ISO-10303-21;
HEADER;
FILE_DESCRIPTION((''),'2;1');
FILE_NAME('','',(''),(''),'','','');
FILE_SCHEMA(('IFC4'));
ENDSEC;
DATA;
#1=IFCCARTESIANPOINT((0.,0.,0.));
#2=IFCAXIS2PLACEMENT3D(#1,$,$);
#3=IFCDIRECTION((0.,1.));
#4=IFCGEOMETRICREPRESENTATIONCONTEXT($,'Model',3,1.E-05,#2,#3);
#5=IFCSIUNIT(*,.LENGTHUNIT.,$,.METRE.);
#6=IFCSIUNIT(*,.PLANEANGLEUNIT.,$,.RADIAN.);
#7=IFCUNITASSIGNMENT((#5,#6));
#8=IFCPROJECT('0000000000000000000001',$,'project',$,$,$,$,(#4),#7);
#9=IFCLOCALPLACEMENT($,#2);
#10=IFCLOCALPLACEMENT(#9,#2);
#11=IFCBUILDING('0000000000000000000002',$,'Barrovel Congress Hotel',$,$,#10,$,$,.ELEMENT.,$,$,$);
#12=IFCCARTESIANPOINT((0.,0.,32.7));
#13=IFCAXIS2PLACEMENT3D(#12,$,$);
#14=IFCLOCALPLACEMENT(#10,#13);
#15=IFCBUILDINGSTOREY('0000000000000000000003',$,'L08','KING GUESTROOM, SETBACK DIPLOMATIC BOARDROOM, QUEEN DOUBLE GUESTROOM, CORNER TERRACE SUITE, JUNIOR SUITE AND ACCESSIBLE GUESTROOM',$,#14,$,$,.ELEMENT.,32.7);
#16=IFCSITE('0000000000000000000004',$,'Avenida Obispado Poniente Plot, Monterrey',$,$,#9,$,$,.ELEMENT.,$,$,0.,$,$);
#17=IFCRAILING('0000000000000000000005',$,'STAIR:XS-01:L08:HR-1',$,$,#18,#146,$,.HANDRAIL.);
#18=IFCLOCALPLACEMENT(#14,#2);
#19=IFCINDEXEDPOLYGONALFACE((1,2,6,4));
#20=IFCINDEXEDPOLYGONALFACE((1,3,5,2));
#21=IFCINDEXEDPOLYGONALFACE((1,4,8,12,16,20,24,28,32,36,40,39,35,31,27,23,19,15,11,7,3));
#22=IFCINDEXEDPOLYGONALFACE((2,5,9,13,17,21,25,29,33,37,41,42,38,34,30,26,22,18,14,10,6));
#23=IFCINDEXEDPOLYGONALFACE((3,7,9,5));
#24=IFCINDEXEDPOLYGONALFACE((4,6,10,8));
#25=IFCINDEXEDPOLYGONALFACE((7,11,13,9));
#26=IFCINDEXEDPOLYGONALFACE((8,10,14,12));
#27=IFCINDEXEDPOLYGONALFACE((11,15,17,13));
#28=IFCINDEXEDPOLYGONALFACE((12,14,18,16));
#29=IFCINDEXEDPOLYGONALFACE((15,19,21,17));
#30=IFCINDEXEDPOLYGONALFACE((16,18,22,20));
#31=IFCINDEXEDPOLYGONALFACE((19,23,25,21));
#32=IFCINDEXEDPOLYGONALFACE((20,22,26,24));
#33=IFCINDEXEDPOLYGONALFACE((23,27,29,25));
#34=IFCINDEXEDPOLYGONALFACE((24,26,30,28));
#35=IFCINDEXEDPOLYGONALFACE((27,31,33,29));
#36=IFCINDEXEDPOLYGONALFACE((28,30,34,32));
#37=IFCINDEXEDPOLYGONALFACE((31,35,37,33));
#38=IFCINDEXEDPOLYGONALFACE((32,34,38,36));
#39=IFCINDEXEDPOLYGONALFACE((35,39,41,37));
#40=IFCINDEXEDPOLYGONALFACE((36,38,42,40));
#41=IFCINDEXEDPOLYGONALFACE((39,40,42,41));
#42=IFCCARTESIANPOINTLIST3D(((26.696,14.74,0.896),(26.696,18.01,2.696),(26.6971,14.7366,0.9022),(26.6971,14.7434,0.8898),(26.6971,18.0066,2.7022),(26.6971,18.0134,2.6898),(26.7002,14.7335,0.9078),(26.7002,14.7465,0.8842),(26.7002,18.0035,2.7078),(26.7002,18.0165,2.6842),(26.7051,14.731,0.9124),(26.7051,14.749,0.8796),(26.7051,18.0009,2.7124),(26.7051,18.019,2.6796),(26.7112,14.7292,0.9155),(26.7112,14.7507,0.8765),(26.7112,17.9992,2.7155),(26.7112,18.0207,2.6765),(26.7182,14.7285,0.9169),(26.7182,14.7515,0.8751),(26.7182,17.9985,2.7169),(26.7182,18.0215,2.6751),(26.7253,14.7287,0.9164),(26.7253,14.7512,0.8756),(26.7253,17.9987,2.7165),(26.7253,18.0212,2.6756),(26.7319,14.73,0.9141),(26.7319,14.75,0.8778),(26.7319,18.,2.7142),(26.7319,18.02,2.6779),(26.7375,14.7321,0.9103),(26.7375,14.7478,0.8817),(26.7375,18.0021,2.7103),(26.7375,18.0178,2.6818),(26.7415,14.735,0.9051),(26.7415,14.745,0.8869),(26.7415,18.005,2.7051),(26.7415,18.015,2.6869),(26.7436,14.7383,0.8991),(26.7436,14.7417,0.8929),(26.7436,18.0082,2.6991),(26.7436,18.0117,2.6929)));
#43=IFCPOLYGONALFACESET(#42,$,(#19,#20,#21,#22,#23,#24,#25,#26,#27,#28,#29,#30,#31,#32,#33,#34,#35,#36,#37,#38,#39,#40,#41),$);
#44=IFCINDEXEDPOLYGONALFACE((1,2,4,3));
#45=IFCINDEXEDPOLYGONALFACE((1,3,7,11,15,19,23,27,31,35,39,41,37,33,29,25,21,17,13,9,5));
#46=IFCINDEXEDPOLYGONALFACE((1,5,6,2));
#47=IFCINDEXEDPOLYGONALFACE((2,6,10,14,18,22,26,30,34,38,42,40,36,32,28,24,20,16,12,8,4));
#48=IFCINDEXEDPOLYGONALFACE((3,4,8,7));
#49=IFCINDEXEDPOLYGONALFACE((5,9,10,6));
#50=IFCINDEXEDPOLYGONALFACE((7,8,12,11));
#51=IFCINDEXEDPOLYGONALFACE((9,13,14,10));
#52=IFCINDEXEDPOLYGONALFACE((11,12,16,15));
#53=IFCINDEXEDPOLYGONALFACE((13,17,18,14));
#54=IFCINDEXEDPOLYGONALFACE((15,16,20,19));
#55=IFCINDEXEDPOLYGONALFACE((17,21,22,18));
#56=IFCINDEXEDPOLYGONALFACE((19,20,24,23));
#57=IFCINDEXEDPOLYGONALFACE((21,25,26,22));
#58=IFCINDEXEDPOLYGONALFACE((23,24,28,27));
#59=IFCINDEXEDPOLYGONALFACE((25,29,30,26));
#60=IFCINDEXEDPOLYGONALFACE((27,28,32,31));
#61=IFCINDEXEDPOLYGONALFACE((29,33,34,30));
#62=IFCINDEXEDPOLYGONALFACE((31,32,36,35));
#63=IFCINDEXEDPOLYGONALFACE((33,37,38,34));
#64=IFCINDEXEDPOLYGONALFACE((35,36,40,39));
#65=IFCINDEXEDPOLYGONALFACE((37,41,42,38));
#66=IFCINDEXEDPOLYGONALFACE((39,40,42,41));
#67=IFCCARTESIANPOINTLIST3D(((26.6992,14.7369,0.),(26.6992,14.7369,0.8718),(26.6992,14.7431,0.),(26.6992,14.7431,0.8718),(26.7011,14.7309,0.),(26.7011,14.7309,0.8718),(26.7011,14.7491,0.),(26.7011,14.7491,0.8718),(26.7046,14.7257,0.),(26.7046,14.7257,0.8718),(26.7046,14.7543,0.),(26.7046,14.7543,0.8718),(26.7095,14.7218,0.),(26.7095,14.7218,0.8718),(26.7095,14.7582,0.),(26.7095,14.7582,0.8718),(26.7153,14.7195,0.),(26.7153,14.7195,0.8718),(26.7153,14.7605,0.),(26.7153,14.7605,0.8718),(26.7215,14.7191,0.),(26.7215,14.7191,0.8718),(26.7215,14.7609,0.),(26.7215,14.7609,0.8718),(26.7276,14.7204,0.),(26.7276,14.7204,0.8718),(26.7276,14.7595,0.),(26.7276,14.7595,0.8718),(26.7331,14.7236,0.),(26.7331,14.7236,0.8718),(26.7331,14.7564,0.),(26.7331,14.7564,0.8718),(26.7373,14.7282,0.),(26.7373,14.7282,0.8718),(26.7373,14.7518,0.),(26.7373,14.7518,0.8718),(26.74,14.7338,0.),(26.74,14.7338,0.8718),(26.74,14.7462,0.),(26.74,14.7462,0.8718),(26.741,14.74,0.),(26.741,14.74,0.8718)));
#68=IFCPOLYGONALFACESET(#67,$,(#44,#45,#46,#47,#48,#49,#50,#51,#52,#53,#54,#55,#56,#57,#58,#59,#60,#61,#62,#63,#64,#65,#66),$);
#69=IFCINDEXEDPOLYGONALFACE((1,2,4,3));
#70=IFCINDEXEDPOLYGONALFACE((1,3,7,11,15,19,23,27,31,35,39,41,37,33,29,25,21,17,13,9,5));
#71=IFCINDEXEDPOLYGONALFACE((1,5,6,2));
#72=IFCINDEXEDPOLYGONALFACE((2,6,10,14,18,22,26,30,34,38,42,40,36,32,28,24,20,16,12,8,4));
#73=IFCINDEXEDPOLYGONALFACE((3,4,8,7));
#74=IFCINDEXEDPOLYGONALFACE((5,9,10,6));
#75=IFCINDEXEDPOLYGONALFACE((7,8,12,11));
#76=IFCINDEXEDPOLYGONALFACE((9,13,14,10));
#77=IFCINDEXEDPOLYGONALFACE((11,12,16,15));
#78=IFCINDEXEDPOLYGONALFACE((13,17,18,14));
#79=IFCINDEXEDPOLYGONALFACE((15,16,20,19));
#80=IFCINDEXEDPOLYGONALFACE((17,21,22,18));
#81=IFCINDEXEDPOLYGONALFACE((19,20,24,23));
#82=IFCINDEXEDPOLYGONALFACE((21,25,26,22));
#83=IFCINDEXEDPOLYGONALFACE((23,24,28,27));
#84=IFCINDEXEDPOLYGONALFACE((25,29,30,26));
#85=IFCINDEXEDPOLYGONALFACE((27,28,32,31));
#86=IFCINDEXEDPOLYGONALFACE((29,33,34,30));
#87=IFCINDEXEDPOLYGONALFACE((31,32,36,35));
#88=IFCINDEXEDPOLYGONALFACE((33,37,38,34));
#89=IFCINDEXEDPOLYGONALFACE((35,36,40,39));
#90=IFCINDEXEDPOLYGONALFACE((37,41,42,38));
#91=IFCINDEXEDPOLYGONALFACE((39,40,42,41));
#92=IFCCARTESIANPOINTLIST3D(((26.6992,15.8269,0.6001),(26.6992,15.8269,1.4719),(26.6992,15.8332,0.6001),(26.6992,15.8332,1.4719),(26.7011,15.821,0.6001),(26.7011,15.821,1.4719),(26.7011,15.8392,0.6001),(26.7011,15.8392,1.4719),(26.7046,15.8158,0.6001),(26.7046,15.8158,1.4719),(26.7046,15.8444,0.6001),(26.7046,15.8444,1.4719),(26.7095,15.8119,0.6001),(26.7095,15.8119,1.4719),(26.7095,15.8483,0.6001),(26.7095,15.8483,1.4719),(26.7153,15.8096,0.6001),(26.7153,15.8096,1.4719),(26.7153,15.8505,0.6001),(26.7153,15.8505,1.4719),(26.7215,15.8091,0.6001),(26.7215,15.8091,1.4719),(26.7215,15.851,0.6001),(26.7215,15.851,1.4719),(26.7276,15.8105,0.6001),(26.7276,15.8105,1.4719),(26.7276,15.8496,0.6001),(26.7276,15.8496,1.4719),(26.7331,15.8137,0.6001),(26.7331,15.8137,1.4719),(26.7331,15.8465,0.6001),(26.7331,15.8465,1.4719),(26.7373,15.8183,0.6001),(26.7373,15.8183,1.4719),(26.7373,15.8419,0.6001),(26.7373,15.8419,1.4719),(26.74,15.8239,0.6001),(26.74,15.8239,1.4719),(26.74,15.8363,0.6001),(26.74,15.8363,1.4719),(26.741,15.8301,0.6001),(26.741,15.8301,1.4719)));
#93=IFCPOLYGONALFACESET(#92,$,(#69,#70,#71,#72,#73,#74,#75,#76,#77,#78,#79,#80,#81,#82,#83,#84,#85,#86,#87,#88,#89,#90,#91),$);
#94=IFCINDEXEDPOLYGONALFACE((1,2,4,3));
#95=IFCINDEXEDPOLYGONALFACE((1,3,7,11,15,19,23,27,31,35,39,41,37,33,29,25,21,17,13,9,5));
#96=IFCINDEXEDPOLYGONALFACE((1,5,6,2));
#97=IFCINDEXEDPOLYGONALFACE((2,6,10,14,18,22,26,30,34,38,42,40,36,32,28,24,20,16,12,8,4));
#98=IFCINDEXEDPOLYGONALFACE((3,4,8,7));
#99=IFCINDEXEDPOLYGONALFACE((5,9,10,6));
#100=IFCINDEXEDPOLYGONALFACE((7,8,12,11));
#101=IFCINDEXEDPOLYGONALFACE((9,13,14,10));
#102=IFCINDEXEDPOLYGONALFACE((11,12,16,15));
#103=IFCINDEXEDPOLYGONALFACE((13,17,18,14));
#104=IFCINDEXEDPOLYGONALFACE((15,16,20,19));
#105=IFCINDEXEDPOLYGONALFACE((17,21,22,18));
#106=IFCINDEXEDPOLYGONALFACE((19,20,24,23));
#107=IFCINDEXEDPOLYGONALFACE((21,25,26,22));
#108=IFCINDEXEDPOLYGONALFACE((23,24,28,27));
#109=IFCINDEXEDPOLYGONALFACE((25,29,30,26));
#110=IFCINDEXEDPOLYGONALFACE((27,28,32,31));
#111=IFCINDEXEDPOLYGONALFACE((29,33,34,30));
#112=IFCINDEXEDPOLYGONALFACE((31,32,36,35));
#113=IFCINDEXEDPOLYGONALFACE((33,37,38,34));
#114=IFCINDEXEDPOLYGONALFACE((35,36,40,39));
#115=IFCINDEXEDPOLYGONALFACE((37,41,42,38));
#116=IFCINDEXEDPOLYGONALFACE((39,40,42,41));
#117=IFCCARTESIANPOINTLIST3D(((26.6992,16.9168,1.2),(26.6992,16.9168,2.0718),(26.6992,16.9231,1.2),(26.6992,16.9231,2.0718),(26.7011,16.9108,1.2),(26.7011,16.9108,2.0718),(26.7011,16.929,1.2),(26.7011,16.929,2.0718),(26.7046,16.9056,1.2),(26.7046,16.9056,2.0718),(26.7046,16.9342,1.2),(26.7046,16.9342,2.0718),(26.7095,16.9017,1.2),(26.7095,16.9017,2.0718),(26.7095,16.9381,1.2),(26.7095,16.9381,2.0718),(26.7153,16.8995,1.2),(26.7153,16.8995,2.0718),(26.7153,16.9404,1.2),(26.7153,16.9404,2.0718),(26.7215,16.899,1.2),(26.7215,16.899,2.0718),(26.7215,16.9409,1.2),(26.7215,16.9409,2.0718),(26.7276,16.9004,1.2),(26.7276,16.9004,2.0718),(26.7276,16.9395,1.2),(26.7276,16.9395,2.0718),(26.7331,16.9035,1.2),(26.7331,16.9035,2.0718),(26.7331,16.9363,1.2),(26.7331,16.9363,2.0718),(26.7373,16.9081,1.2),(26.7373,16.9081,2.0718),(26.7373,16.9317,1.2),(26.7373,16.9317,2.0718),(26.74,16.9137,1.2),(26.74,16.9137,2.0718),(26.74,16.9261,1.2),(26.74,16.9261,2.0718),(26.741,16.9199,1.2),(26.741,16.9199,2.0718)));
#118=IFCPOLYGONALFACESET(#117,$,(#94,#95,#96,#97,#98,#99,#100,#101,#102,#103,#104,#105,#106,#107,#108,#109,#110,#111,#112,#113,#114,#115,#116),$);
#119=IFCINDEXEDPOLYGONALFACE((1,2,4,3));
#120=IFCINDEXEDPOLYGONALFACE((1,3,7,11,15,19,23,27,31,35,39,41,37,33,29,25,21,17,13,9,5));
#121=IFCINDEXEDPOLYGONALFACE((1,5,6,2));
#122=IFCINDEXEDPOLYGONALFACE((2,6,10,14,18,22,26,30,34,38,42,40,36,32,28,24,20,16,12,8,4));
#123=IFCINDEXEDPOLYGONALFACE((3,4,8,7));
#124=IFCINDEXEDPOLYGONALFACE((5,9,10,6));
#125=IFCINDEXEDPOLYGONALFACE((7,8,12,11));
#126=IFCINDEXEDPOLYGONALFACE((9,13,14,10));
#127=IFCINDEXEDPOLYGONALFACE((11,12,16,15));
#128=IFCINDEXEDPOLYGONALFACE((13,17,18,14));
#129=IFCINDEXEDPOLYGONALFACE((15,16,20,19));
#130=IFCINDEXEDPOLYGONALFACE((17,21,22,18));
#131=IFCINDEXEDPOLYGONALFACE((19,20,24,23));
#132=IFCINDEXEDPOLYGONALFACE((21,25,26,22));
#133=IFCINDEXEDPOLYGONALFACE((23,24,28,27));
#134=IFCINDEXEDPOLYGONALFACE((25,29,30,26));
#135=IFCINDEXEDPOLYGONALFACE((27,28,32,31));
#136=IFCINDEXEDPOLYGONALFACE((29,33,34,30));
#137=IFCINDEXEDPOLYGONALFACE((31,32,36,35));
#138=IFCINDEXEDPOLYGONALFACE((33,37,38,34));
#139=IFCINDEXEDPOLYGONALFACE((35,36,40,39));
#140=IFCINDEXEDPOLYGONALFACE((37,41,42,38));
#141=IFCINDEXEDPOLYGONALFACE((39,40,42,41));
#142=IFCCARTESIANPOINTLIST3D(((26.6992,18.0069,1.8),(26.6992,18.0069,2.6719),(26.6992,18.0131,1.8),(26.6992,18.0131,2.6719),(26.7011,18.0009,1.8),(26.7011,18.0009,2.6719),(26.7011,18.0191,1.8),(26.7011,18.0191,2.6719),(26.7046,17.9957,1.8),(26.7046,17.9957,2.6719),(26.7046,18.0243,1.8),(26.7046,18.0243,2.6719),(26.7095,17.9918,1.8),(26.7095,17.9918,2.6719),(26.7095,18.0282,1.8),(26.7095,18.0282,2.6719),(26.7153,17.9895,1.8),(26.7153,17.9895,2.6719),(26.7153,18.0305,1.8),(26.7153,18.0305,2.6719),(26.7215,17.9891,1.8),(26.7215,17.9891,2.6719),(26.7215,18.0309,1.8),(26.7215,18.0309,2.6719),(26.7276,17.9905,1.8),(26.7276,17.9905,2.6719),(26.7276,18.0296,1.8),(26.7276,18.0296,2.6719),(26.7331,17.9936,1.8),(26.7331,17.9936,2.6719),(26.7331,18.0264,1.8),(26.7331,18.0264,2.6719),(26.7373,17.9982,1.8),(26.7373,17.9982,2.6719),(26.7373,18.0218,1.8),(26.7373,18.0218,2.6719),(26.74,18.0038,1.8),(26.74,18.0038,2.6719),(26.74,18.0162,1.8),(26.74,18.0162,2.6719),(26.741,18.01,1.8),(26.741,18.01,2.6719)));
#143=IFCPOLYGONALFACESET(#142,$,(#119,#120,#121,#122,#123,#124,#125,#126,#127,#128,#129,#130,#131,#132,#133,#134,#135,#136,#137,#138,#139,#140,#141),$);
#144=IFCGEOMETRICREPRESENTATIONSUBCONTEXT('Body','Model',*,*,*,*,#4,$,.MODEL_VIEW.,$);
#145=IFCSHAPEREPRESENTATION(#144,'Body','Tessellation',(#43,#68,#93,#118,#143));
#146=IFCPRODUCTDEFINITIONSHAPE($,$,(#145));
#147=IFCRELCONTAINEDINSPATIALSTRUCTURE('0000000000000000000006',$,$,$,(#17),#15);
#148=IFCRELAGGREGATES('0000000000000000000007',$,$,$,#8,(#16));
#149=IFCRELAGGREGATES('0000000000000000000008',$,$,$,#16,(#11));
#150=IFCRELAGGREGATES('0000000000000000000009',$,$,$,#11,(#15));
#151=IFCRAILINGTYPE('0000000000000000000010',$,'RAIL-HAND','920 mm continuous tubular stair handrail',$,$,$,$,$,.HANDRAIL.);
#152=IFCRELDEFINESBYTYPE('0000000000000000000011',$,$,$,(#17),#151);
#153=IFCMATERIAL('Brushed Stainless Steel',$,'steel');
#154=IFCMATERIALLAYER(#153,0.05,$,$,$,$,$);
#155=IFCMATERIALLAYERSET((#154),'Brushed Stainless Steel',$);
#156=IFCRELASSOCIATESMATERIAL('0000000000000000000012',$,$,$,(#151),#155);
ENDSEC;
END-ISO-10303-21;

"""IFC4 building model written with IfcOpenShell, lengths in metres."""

from ifc_helpers import new_model, si_unit, direction, frame, origin, origin_2d, place, context, subcontext, project, spatial, circle, extrude, material, layer, layer_set, type_object, element, save


model = new_model("IFC4")

# Units and contexts
model_context = context("Model", 3, precision=1e-05, world=origin(), true_north=direction((0.0, 1.0)))
body_context = subcontext(model_context, "Body", "Model", "MODEL_VIEW")
ifc_project = project(units=[si_unit("LENGTHUNIT", "METRE"), si_unit("PLANEANGLEUNIT", "RADIAN")], contexts=[model_context])

# Site, building, storey
site_placement = place(None, origin())
site = spatial("IfcSite", under=ifc_project, at=site_placement, Name="Avenida Obispado Poniente Plot, Monterrey", CompositionType="ELEMENT", RefElevation=0.0)
building_placement = place(site_placement, origin())
building = spatial("IfcBuilding", under=site, at=building_placement, Name="Barrovel Congress Hotel", CompositionType="ELEMENT")
storey_placement = place(building_placement, frame((0.0, 0.0, 32.7)))
storey = spatial("IfcBuildingStorey", under=building, at=storey_placement, Name="L08", Description="KING GUESTROOM, SETBACK DIPLOMATIC BOARDROOM, QUEEN DOUBLE GUESTROOM, CORNER TERRACE SUITE, JUNIOR SUITE AND ACCESSIBLE GUESTROOM", CompositionType="ELEMENT", Elevation=32.7)

# Railing
ifc_material_1 = material(Name="Brushed Stainless Steel", Category="steel")
ifc_layer_1 = layer(ifc_material_1, 0.05)
ifc_layer_set_1 = layer_set([ifc_layer_1], Name="Brushed Stainless Steel")
railing_type_1 = type_object("IfcRailingType", Name="RAIL-HAND", Description="920 mm continuous tubular stair handrail", PredefinedType="HANDRAIL", material=ifc_layer_set_1)
railing_1_placement = place(storey_placement, frame((26.72, 14.74, 0.0)))
element("IfcRailing", 1, at=railing_1_placement, inside=storey, type_object=railing_type_1, Name="STAIR:XS-01:L08:HR-1", PredefinedType="HANDRAIL", context=body_context, shape_type="SweptSolid", body=[
    extrude(circle(Radius=0.0239, at=origin_2d()), frame((0.0, 0.0, 0.896), z_axis=(0.0, 0.876042, 0.482235), x_axis=(-1.0, 0.0, 0.0)), (0.0, 0.0, 1.0), 3.7327),
    extrude(circle(Radius=0.021, at=origin_2d()), origin(), (0.0, 0.0, 1.0), 0.8718),
    extrude(circle(Radius=0.021, at=origin_2d()), frame((0.0, 1.0901, 0.6001)), (0.0, 0.0, 1.0), 0.8718),
    extrude(circle(Radius=0.021, at=origin_2d()), frame((0.0, 2.1799, 1.2)), (0.0, 0.0, 1.0), 0.8718),
    extrude(circle(Radius=0.021, at=origin_2d()), frame((0.0, 3.27, 1.8)), (0.0, 0.0, 1.0), 0.8718),
])

save(model, "model.ifc")
